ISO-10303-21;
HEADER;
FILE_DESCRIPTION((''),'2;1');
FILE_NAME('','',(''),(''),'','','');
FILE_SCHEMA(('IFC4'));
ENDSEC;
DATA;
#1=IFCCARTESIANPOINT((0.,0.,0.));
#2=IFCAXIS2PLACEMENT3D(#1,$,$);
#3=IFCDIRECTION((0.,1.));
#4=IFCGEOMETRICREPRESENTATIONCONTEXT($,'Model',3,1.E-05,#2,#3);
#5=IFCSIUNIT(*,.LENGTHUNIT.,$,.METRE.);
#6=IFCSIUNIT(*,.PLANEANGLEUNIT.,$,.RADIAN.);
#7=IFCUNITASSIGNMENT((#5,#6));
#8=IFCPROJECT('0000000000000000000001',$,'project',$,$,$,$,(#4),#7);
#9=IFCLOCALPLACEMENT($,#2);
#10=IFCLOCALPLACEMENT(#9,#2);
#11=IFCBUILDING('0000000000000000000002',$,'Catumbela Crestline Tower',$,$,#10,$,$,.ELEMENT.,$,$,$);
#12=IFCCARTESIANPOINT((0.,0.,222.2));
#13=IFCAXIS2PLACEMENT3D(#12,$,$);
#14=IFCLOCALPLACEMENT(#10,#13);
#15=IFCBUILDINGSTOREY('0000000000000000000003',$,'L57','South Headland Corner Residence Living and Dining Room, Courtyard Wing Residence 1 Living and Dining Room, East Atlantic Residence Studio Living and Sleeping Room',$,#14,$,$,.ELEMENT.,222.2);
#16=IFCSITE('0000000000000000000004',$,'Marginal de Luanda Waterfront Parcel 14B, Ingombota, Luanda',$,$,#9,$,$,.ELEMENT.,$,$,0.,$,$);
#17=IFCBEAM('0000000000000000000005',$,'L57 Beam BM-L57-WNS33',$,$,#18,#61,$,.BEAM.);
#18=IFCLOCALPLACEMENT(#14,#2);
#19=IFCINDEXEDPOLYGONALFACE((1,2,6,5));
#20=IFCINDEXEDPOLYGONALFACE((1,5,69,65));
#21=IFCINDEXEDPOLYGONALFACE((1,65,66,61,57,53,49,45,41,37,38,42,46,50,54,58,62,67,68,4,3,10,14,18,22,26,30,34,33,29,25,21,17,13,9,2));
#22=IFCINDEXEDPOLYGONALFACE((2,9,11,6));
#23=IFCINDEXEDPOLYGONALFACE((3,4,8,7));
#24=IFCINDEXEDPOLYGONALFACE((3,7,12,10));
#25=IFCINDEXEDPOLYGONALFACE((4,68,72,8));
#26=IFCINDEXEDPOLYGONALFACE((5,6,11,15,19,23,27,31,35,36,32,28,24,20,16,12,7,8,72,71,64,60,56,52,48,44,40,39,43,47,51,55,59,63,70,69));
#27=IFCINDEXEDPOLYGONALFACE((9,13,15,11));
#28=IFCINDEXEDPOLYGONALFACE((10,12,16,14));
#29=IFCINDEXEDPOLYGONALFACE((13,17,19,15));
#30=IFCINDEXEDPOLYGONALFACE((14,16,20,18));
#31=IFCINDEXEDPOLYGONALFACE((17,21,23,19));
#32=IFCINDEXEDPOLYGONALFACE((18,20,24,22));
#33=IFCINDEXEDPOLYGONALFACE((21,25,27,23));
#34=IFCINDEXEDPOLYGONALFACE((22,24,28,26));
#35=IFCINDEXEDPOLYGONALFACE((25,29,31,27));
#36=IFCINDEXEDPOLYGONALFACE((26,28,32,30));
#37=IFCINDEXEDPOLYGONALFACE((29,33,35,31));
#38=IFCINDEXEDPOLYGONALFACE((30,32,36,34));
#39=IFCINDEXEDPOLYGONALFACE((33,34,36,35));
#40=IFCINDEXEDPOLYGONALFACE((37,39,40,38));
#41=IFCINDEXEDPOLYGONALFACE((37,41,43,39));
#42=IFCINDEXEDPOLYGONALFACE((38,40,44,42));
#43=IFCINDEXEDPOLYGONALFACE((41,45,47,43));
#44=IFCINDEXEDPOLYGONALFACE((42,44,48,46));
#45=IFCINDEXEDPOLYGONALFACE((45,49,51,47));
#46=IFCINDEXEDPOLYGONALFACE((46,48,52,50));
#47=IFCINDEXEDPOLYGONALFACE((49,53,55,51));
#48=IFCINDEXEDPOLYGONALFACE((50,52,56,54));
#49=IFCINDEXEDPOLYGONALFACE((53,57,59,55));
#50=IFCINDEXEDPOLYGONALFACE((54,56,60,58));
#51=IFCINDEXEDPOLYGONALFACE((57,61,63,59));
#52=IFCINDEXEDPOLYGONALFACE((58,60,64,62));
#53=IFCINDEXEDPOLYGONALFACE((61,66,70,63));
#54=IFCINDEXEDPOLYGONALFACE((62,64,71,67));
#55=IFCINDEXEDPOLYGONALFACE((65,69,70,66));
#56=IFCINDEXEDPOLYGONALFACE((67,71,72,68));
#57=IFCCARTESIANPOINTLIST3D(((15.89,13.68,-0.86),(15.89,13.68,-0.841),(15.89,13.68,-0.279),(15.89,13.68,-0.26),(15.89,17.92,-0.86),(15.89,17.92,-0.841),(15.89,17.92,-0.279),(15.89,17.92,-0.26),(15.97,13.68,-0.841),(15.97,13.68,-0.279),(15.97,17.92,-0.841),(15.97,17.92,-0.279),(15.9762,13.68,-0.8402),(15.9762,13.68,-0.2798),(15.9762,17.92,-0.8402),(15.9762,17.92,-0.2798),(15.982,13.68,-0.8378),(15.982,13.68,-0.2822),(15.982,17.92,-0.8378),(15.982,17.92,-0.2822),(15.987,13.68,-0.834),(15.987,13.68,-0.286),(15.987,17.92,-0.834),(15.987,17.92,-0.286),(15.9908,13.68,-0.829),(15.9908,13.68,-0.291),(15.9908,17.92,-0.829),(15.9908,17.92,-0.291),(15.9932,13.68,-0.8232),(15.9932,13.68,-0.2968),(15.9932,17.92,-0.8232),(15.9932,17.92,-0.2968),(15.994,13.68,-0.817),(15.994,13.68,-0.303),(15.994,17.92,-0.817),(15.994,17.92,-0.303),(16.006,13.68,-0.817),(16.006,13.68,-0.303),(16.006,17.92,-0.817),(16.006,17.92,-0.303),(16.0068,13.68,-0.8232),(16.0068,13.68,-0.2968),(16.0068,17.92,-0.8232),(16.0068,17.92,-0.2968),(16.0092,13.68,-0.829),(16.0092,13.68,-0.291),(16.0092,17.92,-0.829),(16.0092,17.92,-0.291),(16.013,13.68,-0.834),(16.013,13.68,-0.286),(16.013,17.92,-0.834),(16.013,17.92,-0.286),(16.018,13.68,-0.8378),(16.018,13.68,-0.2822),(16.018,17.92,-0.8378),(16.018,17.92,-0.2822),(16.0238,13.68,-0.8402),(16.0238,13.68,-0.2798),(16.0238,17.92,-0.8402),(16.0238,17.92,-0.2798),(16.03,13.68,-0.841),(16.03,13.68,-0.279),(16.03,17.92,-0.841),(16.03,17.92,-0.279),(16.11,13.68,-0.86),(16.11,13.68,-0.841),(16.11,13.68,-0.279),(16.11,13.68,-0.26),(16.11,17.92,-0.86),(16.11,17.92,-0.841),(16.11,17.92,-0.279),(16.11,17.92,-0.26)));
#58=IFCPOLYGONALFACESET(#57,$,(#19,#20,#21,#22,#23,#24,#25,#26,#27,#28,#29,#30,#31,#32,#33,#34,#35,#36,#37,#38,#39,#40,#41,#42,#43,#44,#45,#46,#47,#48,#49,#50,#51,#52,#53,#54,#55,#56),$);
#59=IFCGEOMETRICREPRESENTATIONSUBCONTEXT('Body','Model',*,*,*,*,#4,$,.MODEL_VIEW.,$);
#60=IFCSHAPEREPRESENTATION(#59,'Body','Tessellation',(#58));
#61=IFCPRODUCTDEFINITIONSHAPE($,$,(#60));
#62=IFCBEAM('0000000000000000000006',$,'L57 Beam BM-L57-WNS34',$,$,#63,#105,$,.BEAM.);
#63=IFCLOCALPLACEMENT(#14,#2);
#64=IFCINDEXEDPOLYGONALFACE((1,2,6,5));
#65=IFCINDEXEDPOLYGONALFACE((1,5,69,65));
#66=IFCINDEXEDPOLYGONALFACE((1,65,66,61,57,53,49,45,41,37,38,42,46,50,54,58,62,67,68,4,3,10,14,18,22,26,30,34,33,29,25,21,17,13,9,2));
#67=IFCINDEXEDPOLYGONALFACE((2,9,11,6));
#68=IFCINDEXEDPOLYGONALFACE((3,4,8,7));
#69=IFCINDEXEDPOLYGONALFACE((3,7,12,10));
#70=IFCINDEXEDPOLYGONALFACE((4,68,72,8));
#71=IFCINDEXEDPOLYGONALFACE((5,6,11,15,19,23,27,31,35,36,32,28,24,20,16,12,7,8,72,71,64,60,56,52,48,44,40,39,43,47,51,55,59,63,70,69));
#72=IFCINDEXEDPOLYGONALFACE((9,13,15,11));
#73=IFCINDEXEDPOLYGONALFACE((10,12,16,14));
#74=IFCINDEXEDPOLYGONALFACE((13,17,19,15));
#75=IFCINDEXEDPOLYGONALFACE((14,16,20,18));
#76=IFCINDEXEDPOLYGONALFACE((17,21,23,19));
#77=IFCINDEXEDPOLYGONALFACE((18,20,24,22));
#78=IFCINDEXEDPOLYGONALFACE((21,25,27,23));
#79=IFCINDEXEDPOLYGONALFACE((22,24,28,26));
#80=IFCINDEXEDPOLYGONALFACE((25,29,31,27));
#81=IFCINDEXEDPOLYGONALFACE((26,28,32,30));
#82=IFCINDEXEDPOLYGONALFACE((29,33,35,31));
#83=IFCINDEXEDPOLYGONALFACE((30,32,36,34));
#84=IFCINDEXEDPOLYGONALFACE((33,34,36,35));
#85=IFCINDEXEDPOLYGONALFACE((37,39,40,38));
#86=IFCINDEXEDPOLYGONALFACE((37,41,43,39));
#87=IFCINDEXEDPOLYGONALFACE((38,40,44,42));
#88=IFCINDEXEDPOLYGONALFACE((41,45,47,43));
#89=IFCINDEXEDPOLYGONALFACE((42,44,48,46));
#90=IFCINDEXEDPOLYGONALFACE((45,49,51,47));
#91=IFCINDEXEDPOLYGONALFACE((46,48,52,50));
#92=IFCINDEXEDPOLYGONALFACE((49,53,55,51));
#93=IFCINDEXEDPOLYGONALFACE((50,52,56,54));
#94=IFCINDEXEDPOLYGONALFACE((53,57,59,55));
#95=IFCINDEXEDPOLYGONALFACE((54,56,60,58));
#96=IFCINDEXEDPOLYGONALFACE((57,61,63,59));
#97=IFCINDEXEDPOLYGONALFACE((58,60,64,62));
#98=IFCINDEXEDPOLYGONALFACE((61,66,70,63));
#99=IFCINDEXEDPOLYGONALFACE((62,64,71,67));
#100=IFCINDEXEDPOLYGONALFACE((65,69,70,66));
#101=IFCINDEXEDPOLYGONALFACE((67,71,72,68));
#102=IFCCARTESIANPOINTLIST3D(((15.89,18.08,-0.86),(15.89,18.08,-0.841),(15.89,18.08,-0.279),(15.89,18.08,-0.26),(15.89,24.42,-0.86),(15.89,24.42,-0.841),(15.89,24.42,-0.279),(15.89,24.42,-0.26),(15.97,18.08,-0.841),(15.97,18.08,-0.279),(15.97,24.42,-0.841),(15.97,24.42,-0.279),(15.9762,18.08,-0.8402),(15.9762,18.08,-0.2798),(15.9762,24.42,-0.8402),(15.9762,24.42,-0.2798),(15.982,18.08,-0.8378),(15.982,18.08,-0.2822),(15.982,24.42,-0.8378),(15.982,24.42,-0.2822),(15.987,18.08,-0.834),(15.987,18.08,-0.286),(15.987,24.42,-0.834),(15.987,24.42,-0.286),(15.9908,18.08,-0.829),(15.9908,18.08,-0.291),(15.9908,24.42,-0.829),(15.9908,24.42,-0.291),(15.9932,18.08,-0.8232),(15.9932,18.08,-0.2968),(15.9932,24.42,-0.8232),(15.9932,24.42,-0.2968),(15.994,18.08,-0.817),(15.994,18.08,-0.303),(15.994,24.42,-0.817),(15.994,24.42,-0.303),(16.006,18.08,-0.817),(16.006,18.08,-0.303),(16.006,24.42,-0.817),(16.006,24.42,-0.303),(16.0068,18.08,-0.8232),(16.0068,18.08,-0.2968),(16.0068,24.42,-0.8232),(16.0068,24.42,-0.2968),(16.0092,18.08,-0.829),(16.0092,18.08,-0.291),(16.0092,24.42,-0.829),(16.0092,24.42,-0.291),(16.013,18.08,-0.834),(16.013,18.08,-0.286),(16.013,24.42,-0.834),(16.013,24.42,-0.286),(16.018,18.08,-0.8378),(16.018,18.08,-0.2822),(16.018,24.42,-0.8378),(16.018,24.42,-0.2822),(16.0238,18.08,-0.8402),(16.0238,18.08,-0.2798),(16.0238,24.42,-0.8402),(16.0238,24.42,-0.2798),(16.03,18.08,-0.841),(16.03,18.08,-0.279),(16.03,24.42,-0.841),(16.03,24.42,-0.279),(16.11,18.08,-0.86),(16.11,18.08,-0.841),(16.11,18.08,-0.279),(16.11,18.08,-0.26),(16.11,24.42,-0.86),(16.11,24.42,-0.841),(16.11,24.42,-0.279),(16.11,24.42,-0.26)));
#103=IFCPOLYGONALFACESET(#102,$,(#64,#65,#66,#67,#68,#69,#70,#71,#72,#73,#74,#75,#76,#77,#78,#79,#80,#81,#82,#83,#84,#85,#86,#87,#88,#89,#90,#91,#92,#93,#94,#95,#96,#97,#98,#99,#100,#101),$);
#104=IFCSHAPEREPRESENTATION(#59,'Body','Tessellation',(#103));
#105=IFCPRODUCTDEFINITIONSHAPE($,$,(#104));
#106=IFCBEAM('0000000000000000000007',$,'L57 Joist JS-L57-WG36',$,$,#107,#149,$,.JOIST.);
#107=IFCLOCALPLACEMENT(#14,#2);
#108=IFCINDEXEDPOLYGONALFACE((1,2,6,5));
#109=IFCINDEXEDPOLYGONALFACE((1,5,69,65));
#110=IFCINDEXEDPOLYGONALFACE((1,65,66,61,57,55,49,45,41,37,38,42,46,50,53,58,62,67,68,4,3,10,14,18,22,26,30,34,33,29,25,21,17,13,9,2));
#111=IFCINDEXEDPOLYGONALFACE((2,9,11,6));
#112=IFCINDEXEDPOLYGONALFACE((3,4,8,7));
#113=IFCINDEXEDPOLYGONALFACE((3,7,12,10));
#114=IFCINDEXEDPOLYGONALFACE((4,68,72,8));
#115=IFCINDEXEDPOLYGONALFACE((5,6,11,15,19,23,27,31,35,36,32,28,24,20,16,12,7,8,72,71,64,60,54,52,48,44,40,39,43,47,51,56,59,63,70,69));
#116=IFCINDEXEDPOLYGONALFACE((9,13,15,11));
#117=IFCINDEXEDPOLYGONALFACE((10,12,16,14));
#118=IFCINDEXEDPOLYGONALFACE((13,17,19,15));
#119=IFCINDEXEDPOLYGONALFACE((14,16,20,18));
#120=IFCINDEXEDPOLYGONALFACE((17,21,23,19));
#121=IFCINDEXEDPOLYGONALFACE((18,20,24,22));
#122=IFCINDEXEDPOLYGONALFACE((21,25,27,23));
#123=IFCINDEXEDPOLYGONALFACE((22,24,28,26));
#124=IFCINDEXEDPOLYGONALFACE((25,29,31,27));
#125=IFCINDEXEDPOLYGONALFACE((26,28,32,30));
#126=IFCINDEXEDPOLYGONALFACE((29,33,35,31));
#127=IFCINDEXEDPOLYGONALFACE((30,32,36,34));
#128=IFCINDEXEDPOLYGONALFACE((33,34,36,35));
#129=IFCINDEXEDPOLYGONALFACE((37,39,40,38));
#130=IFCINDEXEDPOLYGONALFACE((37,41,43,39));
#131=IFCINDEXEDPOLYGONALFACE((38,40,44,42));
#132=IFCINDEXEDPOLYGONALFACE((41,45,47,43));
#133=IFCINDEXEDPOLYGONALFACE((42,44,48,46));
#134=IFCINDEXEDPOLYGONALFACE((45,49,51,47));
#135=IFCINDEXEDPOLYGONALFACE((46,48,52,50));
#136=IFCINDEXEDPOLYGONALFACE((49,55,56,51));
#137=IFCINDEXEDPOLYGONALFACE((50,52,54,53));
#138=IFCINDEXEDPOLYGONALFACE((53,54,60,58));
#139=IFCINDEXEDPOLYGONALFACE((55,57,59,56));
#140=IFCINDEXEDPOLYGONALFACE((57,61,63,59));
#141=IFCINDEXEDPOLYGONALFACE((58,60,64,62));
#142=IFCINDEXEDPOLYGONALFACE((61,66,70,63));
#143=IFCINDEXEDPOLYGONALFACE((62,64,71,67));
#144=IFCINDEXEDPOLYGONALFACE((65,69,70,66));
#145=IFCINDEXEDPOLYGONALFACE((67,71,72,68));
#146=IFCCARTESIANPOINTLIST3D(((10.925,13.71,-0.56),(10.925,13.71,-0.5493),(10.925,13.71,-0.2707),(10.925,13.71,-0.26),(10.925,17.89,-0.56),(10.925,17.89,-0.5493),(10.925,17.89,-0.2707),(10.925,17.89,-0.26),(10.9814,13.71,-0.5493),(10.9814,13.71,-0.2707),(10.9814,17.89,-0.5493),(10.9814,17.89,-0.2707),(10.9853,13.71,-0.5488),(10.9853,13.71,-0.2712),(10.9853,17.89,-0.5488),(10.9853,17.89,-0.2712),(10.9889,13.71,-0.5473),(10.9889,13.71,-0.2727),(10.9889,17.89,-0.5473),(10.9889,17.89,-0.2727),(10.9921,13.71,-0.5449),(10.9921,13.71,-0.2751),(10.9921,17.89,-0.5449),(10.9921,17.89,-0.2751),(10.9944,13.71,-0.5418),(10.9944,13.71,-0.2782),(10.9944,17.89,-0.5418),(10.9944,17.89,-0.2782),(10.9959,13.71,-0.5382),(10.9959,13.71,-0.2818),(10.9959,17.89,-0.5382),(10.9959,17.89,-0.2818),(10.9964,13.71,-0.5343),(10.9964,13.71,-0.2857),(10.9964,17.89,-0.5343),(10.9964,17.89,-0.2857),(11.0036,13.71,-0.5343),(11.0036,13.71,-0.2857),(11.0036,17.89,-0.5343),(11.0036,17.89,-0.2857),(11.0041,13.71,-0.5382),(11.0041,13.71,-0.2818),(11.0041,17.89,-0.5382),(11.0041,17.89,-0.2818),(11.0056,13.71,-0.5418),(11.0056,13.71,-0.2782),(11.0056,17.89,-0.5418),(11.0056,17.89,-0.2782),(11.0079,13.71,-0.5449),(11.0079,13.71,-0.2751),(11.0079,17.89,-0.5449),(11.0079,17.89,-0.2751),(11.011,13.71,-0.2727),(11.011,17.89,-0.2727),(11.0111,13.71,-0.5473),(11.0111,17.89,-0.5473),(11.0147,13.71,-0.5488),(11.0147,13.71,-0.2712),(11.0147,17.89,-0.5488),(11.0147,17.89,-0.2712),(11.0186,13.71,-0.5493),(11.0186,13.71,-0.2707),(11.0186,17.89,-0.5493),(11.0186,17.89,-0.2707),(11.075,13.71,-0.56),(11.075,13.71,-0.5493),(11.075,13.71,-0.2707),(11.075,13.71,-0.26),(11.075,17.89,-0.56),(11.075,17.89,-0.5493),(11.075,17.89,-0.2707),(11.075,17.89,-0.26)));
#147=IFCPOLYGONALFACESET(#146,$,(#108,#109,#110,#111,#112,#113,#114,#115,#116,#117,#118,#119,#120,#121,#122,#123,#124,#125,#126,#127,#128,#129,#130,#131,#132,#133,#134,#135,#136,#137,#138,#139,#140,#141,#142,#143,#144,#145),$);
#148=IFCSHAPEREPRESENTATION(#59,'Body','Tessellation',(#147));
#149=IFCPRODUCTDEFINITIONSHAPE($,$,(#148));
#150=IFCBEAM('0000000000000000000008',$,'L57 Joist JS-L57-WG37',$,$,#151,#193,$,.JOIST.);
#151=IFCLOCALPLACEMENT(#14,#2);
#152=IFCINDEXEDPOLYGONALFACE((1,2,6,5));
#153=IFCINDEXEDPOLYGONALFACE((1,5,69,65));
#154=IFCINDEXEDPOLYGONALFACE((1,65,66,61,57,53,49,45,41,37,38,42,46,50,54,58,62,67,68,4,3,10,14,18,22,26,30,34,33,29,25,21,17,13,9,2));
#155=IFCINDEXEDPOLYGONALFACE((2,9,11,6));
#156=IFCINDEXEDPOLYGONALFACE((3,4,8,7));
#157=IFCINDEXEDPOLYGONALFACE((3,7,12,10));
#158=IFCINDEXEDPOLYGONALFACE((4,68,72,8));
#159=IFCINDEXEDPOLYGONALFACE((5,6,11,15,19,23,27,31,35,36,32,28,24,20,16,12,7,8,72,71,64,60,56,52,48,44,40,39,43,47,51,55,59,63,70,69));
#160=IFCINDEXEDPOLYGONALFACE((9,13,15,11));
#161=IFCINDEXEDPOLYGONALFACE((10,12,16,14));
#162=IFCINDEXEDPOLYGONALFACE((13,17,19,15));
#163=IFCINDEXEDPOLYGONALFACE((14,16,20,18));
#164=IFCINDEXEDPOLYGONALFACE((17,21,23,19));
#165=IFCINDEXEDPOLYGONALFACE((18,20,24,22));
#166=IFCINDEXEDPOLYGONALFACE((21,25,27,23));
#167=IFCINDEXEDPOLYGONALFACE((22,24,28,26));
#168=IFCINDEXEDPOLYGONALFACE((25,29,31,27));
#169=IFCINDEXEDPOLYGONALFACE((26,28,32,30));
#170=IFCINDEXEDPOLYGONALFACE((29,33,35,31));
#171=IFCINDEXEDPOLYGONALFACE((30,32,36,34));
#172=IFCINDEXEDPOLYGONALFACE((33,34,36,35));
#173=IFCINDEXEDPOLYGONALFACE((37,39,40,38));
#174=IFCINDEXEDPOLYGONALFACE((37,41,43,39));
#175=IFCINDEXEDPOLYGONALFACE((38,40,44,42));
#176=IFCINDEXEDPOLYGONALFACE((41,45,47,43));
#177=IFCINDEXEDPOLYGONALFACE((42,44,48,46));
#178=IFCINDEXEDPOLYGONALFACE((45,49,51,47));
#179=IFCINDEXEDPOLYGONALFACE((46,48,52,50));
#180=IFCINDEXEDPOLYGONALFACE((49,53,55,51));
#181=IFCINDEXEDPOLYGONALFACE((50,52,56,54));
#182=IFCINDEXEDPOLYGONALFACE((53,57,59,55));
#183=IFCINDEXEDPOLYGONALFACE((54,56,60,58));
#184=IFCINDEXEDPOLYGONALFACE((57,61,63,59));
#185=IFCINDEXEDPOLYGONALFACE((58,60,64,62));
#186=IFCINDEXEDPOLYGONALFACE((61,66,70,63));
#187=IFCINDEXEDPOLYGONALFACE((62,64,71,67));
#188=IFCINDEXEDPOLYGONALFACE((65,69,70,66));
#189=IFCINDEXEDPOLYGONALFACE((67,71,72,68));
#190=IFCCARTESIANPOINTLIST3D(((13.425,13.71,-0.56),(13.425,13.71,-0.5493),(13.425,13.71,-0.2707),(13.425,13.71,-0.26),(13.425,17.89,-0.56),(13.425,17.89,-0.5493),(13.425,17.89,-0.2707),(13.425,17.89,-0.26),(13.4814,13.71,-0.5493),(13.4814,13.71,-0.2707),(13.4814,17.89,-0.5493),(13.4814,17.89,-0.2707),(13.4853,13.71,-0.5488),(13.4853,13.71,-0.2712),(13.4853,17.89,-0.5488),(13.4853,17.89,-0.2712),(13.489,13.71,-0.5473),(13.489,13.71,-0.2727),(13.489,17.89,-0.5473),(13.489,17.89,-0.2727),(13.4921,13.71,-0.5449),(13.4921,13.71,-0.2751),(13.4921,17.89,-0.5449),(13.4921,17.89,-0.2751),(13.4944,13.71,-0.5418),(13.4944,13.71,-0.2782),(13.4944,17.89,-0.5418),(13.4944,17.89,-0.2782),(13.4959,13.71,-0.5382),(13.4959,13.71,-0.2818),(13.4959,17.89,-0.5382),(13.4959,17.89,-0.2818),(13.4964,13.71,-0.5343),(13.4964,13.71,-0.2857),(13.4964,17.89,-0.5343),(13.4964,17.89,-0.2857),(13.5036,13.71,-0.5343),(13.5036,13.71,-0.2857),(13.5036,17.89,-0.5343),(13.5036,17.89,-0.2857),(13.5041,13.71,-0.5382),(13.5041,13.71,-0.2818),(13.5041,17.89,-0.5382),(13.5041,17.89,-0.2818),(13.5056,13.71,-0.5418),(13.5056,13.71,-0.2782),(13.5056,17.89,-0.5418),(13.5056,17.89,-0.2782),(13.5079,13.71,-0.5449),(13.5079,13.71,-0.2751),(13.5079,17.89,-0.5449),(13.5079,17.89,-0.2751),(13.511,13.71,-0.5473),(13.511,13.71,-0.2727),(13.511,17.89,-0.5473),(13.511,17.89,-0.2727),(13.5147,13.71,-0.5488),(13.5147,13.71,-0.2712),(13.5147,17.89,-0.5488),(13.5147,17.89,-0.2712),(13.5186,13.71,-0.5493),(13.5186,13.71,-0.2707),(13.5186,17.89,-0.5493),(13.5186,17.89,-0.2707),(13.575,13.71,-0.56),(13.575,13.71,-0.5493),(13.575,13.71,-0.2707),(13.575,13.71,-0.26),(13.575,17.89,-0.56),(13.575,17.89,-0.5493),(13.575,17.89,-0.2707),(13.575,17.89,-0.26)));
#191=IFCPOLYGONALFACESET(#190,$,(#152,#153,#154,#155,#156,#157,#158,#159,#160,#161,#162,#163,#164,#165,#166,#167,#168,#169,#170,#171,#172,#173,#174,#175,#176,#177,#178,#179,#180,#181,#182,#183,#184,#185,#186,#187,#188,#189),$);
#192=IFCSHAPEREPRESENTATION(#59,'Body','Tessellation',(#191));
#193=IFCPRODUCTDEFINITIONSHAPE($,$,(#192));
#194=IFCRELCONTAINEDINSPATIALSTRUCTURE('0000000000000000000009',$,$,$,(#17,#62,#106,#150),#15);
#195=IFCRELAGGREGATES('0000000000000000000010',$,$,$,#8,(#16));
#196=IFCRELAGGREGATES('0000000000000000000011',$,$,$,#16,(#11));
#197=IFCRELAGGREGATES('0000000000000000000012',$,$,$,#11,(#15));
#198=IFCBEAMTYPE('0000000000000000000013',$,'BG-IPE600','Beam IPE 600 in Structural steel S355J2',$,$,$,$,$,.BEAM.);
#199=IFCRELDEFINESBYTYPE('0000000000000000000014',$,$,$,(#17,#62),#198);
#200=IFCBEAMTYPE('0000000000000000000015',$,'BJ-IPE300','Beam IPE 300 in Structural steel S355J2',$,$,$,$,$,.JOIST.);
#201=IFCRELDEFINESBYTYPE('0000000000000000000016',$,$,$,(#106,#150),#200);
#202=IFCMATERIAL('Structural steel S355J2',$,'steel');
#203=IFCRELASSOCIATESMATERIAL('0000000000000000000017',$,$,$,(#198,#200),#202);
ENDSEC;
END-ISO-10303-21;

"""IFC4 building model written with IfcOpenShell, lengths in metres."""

from ifc_helpers import new_model, si_unit, direction, frame, origin, origin_2d, place, context, subcontext, project, spatial, i_section, extrude, material, material_profile, profile_set, type_object, element, save


model = new_model("IFC4")

# Units and contexts
model_context = context("Model", 3, precision=1e-05, world=origin(), true_north=direction((0.0, 1.0)))
body_context = subcontext(model_context, "Body", "Model", "MODEL_VIEW")
ifc_project = project(units=[si_unit("LENGTHUNIT", "METRE"), si_unit("PLANEANGLEUNIT", "RADIAN")], contexts=[model_context])

# Site, building, storey
site_placement = place(None, origin())
site = spatial("IfcSite", under=ifc_project, at=site_placement, Name="Marginal de Luanda Waterfront Parcel 14B, Ingombota, Luanda", CompositionType="ELEMENT", RefElevation=0.0)
building_placement = place(site_placement, origin())
building = spatial("IfcBuilding", under=site, at=building_placement, Name="Catumbela Crestline Tower", CompositionType="ELEMENT")
storey_placement = place(building_placement, frame((0.0, 0.0, 222.2)))
storey = spatial("IfcBuildingStorey", under=building, at=storey_placement, Name="L57", Description="South Headland Corner Residence Living and Dining Room, Courtyard Wing Residence 1 Living and Dining Room, East Atlantic Residence Studio Living and Sleeping Room", CompositionType="ELEMENT", Elevation=222.2)

# Shared definitions
ifc_material_1 = material(Name="Structural steel S355J2", Category="steel")

# Beams
ifc_material_profile_1 = material_profile(ifc_material_1, i_section(OverallWidth=0.22, OverallDepth=0.6, WebThickness=0.012, FlangeThickness=0.019, FilletRadius=0.024, at=origin_2d()), Name="IPE 600")
ifc_profile_set_1 = profile_set([ifc_material_profile_1], Name="Structural steel S355J2")
beam_type_1 = type_object("IfcBeamType", Name="BG-IPE600", Description="Beam IPE 600 in Structural steel S355J2", PredefinedType="BEAM", material=ifc_profile_set_1)
beam_1_placement = place(storey_placement, frame((16.0, 13.68, -0.56), z_axis=(0.0, 1.0, 0.0), x_axis=(-1.0, 0.0, 0.0)))
element("IfcBeam", 1, at=beam_1_placement, inside=storey, type_object=beam_type_1, Name="L57 Beam BM-L57-WNS33", PredefinedType="BEAM", context=body_context, shape_type="SweptSolid", body=[
    extrude(i_section(OverallWidth=0.22, OverallDepth=0.6, WebThickness=0.012, FlangeThickness=0.019, FilletRadius=0.024, at=origin_2d()), origin(), (0.0, 0.0, 1.0), 4.24),
])
beam_2_placement = place(storey_placement, frame((16.0, 18.08, -0.56), z_axis=(0.0, 1.0, 0.0), x_axis=(-1.0, 0.0, 0.0)))
element("IfcBeam", 2, at=beam_2_placement, inside=storey, type_object=beam_type_1, Name="L57 Beam BM-L57-WNS34", PredefinedType="BEAM", context=body_context, shape_type="SweptSolid", body=[
    extrude(i_section(OverallWidth=0.22, OverallDepth=0.6, WebThickness=0.012, FlangeThickness=0.019, FilletRadius=0.024, at=origin_2d()), origin(), (0.0, 0.0, 1.0), 6.34),
])
ifc_material_profile_2 = material_profile(ifc_material_1, i_section(OverallWidth=0.15, OverallDepth=0.3, WebThickness=0.0071, FlangeThickness=0.0107, FilletRadius=0.015, at=origin_2d()), Name="IPE 300")
ifc_profile_set_2 = profile_set([ifc_material_profile_2], Name="Structural steel S355J2")
beam_type_2 = type_object("IfcBeamType", Name="BJ-IPE300", Description="Beam IPE 300 in Structural steel S355J2", PredefinedType="JOIST", material=ifc_profile_set_2)
for number, where, z_axis, x_axis, name in (
    (3, (11.0, 13.71, -0.41), (0.0, 1.0, 0.0), (-1.0, 0.0, 0.0), "L57 Joist JS-L57-WG36"),
    (4, (13.5, 13.71, -0.41), (0.0, 1.0, 0.0), (-1.0, 0.0, 0.0), "L57 Joist JS-L57-WG37"),
):
    element("IfcBeam", number, at=place(storey_placement, frame(where, z_axis=z_axis, x_axis=x_axis)), inside=storey, type_object=beam_type_2, Name=name, PredefinedType="JOIST", context=body_context, shape_type="SweptSolid", body=[
        extrude(i_section(OverallWidth=0.15, OverallDepth=0.3, WebThickness=0.0071, FlangeThickness=0.0107, FilletRadius=0.015, at=origin_2d()), origin(), (0.0, 0.0, 1.0), 4.18),
    ])

save(model, "model.ifc")
